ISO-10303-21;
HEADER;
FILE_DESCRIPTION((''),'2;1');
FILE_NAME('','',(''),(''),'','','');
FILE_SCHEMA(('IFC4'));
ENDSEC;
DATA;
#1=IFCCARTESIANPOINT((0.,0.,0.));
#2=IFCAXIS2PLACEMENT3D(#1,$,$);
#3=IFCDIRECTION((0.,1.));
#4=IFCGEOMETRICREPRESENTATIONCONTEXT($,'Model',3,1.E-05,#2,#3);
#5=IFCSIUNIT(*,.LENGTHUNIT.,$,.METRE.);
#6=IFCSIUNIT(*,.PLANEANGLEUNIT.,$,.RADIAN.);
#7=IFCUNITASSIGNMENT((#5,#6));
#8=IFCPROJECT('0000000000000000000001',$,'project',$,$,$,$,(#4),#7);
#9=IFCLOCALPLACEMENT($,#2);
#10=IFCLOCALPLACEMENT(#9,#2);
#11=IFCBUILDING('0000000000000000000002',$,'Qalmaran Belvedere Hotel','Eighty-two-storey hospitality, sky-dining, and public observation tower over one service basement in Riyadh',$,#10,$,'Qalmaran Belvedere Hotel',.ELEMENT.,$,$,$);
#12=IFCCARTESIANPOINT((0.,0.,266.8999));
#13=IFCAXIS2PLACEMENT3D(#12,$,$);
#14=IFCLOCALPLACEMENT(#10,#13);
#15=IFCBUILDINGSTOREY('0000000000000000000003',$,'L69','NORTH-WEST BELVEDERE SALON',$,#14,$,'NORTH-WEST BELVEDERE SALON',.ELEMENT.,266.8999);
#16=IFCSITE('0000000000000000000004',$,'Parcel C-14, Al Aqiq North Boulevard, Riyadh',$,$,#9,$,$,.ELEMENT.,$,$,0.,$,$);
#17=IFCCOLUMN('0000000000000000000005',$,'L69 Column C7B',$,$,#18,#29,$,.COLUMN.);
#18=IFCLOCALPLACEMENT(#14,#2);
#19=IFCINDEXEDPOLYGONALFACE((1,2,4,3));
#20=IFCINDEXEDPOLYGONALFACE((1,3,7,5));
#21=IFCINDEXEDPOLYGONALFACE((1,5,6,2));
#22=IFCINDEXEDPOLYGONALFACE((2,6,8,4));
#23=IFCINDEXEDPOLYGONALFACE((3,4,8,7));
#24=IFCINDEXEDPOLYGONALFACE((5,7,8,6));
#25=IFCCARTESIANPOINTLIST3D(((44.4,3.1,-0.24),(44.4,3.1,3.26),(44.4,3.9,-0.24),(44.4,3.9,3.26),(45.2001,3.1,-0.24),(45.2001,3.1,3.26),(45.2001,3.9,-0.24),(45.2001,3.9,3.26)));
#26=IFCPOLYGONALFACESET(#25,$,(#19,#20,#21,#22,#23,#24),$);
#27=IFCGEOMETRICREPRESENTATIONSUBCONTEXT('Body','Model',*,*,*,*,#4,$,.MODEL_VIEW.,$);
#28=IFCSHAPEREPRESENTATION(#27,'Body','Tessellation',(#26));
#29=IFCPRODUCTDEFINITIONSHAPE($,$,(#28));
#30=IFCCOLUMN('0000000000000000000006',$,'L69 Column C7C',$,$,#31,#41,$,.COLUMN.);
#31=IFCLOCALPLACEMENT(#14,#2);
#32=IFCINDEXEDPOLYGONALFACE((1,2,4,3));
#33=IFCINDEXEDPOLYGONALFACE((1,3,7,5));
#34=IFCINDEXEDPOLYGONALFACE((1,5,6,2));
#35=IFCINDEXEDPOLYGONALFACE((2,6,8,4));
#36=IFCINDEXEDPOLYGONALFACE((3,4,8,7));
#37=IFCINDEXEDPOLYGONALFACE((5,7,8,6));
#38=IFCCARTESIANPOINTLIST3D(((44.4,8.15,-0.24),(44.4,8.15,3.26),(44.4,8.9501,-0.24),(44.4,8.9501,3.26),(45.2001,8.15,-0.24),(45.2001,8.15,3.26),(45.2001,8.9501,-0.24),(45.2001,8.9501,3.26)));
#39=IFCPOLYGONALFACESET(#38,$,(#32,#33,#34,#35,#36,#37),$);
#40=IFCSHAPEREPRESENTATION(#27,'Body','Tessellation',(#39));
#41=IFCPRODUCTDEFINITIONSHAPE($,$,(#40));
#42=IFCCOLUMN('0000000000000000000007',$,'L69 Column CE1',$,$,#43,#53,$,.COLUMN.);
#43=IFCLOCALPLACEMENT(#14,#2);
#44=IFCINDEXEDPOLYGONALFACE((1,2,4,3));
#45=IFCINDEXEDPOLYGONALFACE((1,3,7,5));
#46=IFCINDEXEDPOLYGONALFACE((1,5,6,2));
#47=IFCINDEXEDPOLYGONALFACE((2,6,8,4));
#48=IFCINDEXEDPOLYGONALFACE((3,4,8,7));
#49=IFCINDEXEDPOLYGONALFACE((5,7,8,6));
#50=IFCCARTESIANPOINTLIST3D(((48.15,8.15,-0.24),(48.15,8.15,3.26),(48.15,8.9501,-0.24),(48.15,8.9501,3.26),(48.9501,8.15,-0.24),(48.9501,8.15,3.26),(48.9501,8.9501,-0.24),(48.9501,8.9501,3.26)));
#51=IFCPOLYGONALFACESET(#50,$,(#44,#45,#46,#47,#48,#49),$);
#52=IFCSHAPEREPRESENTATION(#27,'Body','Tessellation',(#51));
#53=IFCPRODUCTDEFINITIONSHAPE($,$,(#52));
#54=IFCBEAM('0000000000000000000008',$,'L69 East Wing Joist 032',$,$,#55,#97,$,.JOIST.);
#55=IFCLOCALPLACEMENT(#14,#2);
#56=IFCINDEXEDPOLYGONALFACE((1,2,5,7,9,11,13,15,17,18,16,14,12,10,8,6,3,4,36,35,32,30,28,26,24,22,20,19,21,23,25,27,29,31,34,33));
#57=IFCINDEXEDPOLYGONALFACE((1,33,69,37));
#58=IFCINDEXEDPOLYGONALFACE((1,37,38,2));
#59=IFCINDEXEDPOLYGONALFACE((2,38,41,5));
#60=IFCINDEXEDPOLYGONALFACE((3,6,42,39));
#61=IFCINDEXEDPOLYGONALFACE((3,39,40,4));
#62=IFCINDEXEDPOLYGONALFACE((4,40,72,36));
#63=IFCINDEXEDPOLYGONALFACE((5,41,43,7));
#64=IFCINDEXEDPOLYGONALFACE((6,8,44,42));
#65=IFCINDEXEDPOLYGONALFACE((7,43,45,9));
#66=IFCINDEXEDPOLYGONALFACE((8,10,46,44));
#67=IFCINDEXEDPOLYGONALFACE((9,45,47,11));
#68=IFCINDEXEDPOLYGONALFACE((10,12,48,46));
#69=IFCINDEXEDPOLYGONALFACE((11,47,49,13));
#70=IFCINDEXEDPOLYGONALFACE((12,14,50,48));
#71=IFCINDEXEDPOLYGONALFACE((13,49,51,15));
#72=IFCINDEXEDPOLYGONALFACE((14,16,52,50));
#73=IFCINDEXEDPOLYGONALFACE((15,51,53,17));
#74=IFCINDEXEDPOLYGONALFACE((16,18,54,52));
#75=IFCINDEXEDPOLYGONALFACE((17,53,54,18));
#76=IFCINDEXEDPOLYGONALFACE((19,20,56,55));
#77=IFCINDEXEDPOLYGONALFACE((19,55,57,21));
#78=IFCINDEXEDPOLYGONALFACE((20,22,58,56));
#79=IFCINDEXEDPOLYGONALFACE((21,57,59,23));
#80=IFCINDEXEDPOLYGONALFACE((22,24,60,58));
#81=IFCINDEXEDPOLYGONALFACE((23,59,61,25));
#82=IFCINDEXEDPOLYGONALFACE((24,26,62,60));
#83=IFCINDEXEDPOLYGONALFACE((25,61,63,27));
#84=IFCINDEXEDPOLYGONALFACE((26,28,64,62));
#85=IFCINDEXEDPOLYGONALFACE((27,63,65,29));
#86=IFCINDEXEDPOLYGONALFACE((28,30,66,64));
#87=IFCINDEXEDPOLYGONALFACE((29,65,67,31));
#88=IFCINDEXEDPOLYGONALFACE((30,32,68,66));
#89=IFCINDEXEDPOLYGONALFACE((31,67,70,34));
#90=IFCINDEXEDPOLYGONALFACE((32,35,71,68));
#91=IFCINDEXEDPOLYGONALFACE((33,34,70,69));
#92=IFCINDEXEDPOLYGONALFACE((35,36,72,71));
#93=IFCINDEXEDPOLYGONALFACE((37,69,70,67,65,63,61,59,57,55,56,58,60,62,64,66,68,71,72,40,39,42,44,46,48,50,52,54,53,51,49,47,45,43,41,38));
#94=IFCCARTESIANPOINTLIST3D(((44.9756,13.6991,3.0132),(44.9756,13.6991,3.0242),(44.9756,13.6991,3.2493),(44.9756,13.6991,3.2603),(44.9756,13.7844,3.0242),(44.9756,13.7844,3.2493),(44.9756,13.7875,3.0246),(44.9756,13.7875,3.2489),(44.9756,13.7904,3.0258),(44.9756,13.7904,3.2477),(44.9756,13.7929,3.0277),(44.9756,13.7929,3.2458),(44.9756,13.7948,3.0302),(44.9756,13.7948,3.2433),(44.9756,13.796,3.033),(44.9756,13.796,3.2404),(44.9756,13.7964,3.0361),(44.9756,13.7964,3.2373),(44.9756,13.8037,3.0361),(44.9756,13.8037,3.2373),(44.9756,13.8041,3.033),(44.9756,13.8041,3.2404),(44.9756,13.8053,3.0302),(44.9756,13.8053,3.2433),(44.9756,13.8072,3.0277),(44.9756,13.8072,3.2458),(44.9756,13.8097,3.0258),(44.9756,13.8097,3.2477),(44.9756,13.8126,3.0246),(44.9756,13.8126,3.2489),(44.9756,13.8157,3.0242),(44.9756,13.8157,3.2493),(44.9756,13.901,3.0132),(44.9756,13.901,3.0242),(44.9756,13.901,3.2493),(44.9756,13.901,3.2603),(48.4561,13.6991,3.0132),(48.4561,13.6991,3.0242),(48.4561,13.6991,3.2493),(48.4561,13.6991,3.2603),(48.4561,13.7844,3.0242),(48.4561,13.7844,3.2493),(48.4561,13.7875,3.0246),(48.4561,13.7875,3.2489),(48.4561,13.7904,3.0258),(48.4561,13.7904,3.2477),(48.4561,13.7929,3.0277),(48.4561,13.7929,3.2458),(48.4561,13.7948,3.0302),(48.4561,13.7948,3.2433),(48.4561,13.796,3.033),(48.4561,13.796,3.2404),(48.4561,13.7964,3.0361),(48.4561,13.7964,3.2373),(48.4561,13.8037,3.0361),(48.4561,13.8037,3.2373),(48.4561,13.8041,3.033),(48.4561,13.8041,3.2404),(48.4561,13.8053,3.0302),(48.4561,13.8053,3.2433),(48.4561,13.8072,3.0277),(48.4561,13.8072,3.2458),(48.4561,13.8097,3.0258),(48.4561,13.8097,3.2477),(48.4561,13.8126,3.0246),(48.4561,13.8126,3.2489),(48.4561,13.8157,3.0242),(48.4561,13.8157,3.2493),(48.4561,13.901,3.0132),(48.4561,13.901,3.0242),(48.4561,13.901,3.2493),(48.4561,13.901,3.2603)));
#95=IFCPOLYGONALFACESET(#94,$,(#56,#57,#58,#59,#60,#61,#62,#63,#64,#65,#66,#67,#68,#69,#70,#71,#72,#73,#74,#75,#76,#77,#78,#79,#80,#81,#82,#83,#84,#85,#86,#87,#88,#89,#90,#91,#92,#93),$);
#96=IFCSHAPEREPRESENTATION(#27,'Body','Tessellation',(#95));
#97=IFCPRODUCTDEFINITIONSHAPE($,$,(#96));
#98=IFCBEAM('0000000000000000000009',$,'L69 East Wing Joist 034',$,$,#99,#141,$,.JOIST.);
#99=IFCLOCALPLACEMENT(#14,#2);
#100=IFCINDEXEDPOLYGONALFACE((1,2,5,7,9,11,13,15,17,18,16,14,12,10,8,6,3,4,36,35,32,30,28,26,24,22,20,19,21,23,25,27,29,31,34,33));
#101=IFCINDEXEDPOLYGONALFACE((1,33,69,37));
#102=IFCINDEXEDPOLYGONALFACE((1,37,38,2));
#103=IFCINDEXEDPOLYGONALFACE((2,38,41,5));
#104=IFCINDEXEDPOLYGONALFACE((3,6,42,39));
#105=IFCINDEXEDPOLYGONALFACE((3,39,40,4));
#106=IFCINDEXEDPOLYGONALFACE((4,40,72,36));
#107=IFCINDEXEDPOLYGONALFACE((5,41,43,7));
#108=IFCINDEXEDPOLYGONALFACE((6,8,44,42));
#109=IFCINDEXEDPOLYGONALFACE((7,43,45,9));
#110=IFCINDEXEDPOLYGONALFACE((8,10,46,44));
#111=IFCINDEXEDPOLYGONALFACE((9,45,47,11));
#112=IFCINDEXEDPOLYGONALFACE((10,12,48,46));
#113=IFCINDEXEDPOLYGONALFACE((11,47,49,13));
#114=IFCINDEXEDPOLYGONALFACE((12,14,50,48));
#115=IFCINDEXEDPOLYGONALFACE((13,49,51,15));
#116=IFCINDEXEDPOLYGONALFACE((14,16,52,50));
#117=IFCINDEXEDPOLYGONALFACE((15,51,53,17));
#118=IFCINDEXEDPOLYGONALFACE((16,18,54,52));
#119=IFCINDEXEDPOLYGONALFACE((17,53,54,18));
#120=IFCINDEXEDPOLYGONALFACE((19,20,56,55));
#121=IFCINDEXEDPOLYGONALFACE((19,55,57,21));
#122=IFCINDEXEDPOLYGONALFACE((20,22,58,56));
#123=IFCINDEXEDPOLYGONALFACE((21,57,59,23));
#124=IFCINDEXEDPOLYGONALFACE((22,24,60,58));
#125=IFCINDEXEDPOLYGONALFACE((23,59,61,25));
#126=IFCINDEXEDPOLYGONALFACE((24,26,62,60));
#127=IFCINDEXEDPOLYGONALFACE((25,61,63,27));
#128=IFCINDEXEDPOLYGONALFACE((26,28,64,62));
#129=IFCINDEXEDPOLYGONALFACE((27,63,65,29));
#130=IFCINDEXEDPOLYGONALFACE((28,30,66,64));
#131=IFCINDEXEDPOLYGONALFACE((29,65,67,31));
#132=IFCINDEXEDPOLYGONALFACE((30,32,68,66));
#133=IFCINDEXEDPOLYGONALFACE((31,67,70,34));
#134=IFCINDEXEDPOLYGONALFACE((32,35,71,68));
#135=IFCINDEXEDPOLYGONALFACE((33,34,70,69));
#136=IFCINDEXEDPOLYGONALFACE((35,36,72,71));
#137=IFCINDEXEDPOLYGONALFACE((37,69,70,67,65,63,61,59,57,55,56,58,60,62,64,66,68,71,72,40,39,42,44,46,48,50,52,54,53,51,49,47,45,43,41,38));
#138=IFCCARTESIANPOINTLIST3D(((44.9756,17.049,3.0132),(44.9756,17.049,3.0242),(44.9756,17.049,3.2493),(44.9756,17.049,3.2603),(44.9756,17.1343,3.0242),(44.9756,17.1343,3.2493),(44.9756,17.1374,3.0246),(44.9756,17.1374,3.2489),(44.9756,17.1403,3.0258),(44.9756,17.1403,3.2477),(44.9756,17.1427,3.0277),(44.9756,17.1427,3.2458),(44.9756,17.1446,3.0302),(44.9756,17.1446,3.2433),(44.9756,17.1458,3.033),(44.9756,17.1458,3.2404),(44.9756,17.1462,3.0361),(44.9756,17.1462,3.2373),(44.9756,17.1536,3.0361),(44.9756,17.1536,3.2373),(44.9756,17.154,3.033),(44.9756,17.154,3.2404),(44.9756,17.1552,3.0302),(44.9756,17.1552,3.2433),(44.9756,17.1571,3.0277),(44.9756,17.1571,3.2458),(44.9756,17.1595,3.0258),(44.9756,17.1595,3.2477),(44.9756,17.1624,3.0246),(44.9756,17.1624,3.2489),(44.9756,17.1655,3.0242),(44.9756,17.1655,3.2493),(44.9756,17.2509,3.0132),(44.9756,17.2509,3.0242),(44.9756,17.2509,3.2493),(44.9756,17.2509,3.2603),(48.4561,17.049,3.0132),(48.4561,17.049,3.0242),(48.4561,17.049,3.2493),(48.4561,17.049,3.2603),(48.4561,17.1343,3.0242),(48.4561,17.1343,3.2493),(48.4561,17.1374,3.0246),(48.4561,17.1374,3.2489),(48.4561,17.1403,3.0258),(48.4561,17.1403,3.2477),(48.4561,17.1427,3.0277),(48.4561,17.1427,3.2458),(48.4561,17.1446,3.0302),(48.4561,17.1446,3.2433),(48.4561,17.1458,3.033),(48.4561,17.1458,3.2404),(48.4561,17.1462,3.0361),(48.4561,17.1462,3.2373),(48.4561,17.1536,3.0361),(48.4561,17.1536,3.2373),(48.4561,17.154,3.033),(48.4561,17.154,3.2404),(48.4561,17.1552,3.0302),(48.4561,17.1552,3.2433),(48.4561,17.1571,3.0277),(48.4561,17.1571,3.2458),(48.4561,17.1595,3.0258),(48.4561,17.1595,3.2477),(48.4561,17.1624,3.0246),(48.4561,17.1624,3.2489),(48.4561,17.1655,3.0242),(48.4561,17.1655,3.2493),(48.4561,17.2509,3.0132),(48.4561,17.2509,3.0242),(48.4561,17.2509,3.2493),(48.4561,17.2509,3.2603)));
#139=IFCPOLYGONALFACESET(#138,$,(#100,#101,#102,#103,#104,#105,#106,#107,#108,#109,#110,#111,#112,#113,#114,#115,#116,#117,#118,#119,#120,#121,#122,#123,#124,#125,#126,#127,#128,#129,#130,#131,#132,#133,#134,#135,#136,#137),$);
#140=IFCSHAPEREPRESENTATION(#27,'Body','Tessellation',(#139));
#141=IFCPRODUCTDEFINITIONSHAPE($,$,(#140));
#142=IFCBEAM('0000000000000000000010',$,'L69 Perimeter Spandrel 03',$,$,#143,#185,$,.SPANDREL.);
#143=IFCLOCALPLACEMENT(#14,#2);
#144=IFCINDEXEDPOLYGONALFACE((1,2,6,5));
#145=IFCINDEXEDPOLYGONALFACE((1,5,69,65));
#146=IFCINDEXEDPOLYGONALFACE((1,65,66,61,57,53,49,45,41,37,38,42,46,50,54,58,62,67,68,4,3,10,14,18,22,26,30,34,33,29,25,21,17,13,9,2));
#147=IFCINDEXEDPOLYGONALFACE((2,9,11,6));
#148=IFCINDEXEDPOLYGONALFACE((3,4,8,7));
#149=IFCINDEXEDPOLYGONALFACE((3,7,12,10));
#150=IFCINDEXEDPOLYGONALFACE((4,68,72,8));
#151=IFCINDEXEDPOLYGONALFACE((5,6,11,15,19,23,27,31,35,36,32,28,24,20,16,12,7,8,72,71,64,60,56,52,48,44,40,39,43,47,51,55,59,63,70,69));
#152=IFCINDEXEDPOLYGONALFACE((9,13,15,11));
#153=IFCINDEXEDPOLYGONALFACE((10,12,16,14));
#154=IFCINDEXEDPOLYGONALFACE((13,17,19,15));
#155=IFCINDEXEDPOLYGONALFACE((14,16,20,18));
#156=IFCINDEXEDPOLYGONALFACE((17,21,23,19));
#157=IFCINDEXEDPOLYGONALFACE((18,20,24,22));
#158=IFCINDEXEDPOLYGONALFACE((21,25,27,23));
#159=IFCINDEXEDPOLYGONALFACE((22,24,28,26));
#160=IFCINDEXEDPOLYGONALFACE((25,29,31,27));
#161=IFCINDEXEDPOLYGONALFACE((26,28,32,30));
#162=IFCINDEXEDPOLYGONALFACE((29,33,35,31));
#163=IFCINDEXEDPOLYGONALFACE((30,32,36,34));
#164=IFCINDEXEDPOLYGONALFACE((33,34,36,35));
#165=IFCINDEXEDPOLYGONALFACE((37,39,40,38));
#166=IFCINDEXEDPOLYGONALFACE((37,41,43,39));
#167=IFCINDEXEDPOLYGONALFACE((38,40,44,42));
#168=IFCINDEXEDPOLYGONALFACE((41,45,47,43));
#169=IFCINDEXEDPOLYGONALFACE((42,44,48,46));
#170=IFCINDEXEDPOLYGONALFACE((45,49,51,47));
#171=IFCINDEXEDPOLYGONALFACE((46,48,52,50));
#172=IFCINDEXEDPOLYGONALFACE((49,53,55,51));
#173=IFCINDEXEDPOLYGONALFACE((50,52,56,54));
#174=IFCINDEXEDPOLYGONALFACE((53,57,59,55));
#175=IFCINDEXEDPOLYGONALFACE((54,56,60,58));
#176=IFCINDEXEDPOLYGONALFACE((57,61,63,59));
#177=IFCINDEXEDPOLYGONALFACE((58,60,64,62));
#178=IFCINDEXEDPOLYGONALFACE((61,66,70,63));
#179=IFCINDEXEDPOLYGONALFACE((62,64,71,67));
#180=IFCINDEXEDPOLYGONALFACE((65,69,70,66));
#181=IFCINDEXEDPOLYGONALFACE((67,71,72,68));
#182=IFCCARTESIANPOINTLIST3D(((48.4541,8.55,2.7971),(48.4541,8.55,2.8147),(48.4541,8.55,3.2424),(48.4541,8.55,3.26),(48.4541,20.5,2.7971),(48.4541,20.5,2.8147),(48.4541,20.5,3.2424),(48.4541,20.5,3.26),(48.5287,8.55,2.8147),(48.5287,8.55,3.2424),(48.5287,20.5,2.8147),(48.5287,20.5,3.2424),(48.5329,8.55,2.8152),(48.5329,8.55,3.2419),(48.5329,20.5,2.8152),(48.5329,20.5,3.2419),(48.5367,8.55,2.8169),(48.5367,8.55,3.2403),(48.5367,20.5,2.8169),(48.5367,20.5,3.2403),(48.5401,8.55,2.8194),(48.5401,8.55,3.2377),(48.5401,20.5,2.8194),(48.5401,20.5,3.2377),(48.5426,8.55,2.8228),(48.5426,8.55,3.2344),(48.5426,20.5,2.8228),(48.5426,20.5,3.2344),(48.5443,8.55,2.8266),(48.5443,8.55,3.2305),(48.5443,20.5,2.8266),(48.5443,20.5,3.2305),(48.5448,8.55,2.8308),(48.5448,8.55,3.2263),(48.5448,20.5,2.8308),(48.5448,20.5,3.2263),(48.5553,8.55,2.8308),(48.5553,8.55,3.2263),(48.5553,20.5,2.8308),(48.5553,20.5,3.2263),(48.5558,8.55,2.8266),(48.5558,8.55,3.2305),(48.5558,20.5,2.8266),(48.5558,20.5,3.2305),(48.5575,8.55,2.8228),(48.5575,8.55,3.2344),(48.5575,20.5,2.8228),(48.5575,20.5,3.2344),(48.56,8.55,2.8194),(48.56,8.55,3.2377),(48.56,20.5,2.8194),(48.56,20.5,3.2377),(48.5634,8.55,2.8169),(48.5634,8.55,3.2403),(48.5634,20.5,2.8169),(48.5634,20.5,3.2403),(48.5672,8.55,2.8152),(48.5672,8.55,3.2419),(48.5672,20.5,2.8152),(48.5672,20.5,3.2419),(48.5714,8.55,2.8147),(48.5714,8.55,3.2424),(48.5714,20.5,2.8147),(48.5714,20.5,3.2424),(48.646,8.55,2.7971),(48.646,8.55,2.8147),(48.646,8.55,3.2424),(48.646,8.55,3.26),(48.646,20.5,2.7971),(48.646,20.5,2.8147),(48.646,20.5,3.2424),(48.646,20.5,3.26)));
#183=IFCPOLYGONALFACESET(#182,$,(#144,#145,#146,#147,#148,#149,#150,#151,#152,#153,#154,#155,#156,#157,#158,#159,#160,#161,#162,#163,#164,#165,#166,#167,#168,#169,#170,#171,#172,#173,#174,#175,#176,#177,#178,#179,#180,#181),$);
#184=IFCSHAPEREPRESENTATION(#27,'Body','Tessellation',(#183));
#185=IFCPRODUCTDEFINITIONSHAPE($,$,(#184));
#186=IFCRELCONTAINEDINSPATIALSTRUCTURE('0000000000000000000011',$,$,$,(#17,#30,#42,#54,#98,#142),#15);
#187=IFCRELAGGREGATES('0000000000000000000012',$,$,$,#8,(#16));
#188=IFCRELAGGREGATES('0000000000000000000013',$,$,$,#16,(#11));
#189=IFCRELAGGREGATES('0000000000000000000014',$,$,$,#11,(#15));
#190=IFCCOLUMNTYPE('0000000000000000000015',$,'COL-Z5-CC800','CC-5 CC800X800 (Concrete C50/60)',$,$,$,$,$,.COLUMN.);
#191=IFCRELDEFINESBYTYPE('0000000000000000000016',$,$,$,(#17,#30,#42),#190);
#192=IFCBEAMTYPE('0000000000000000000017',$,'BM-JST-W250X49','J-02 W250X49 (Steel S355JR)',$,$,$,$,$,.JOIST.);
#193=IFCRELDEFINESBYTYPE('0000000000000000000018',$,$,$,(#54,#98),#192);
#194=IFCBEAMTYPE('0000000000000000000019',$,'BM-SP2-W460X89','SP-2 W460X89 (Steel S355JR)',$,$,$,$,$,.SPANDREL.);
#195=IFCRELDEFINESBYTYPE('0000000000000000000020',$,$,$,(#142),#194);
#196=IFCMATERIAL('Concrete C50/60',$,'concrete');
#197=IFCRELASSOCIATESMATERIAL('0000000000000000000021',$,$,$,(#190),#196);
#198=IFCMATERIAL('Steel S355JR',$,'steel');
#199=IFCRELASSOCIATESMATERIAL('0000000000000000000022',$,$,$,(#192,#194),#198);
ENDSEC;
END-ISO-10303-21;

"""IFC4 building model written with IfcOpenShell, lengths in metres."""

from ifc_helpers import new_model, si_unit, direction, frame, origin, origin_2d, place, context, subcontext, project, spatial, rectangle, i_section, extrude, material, material_profile, profile_set, type_object, element, save


model = new_model("IFC4")

# Units and contexts
model_context = context("Model", 3, precision=1e-05, world=origin(), true_north=direction((0.0, 1.0)))
body_context = subcontext(model_context, "Body", "Model", "MODEL_VIEW")
ifc_project = project(units=[si_unit("LENGTHUNIT", "METRE"), si_unit("PLANEANGLEUNIT", "RADIAN")], contexts=[model_context])

# Site, building, storey
site_placement = place(None, origin())
site = spatial("IfcSite", under=ifc_project, at=site_placement, Name="Parcel C-14, Al Aqiq North Boulevard, Riyadh", CompositionType="ELEMENT", RefElevation=0.0)
building_placement = place(site_placement, origin())
building = spatial("IfcBuilding", under=site, at=building_placement, Name="Qalmaran Belvedere Hotel", Description="Eighty-two-storey hospitality, sky-dining, and public observation tower over one service basement in Riyadh", LongName="Qalmaran Belvedere Hotel", CompositionType="ELEMENT")
storey_placement = place(building_placement, frame((0.0, 0.0, 266.8999)))
storey = spatial("IfcBuildingStorey", under=building, at=storey_placement, Name="L69", Description="NORTH-WEST BELVEDERE SALON", LongName="NORTH-WEST BELVEDERE SALON", CompositionType="ELEMENT", Elevation=266.8999)

# Columns
ifc_material_1 = material(Name="Concrete C50/60", Category="concrete")
ifc_material_profile_1 = material_profile(ifc_material_1, rectangle(XDim=0.8, YDim=0.8, at=origin_2d()), Name="CC800X800")
ifc_profile_set_1 = profile_set([ifc_material_profile_1], Name="Concrete C50/60")
column_type = type_object("IfcColumnType", Name="COL-Z5-CC800", Description="CC-5 CC800X800 (Concrete C50/60)", PredefinedType="COLUMN", material=ifc_profile_set_1)
for number, where, z_axis, x_axis, name in (
    (1, (44.8, 3.5, -0.24), (0.0, 0.0, 1.0), (1.0, 0.0, 0.0), "L69 Column C7B"),
    (2, (44.8, 8.55, -0.24), (0.0, 0.0, 1.0), (1.0, 0.0, 0.0), "L69 Column C7C"),
    (3, (48.55, 8.55, -0.24), (0.0, 0.0, 1.0), (1.0, 0.0, 0.0), "L69 Column CE1"),
):
    element("IfcColumn", number, at=place(storey_placement, frame(where, z_axis=z_axis, x_axis=x_axis)), inside=storey, type_object=column_type, Name=name, PredefinedType="COLUMN", context=body_context, shape_type="SweptSolid", body=[
        extrude(rectangle(XDim=0.8, YDim=0.8, at=origin_2d()), origin(), (0.0, 0.0, 1.0), 3.5),
    ])

# Beams
ifc_material_2 = material(Name="Steel S355JR", Category="steel")
ifc_material_profile_2 = material_profile(ifc_material_2, i_section(OverallWidth=0.2019, OverallDepth=0.2471, WebThickness=0.0073, FlangeThickness=0.011, FilletRadius=0.012, at=origin_2d()), Name="W250X49")
ifc_profile_set_2 = profile_set([ifc_material_profile_2], Name="Steel S355JR")
beam_type_1 = type_object("IfcBeamType", Name="BM-JST-W250X49", Description="J-02 W250X49 (Steel S355JR)", PredefinedType="JOIST", material=ifc_profile_set_2)
for number, where, z_axis, x_axis, name in (
    (4, (44.9756, 13.8, 3.1367), (1.0, 0.0, 0.0), (0.0, 1.0, 0.0), "L69 East Wing Joist 032"),
    (5, (44.9756, 17.1499, 3.1367), (1.0, 0.0, 0.0), (0.0, 1.0, 0.0), "L69 East Wing Joist 034"),
):
    element("IfcBeam", number, at=place(storey_placement, frame(where, z_axis=z_axis, x_axis=x_axis)), inside=storey, type_object=beam_type_1, Name=name, PredefinedType="JOIST", context=body_context, shape_type="SweptSolid", body=[
        extrude(i_section(OverallWidth=0.2019, OverallDepth=0.2471, WebThickness=0.0073, FlangeThickness=0.011, FilletRadius=0.012, at=origin_2d()), origin(), (0.0, 0.0, 1.0), 3.4805),
    ])
ifc_material_profile_3 = material_profile(ifc_material_2, i_section(OverallWidth=0.1919, OverallDepth=0.4629, WebThickness=0.0105, FlangeThickness=0.0176, FilletRadius=0.0161, at=origin_2d()), Name="W460X89")
ifc_profile_set_3 = profile_set([ifc_material_profile_3], Name="Steel S355JR")
beam_type_2 = type_object("IfcBeamType", Name="BM-SP2-W460X89", Description="SP-2 W460X89 (Steel S355JR)", PredefinedType="SPANDREL", material=ifc_profile_set_3)
beam_1_placement = place(storey_placement, frame((48.55, 8.55, 3.0286), z_axis=(0.0, 1.0, 0.0), x_axis=(-1.0, 0.0, 0.0)))
element("IfcBeam", 6, at=beam_1_placement, inside=storey, type_object=beam_type_2, Name="L69 Perimeter Spandrel 03", PredefinedType="SPANDREL", context=body_context, shape_type="SweptSolid", body=[
    extrude(i_section(OverallWidth=0.1919, OverallDepth=0.4629, WebThickness=0.0105, FlangeThickness=0.0176, FilletRadius=0.0161, at=origin_2d()), origin(), (0.0, 0.0, 1.0), 11.95),
])

save(model, "model.ifc")
